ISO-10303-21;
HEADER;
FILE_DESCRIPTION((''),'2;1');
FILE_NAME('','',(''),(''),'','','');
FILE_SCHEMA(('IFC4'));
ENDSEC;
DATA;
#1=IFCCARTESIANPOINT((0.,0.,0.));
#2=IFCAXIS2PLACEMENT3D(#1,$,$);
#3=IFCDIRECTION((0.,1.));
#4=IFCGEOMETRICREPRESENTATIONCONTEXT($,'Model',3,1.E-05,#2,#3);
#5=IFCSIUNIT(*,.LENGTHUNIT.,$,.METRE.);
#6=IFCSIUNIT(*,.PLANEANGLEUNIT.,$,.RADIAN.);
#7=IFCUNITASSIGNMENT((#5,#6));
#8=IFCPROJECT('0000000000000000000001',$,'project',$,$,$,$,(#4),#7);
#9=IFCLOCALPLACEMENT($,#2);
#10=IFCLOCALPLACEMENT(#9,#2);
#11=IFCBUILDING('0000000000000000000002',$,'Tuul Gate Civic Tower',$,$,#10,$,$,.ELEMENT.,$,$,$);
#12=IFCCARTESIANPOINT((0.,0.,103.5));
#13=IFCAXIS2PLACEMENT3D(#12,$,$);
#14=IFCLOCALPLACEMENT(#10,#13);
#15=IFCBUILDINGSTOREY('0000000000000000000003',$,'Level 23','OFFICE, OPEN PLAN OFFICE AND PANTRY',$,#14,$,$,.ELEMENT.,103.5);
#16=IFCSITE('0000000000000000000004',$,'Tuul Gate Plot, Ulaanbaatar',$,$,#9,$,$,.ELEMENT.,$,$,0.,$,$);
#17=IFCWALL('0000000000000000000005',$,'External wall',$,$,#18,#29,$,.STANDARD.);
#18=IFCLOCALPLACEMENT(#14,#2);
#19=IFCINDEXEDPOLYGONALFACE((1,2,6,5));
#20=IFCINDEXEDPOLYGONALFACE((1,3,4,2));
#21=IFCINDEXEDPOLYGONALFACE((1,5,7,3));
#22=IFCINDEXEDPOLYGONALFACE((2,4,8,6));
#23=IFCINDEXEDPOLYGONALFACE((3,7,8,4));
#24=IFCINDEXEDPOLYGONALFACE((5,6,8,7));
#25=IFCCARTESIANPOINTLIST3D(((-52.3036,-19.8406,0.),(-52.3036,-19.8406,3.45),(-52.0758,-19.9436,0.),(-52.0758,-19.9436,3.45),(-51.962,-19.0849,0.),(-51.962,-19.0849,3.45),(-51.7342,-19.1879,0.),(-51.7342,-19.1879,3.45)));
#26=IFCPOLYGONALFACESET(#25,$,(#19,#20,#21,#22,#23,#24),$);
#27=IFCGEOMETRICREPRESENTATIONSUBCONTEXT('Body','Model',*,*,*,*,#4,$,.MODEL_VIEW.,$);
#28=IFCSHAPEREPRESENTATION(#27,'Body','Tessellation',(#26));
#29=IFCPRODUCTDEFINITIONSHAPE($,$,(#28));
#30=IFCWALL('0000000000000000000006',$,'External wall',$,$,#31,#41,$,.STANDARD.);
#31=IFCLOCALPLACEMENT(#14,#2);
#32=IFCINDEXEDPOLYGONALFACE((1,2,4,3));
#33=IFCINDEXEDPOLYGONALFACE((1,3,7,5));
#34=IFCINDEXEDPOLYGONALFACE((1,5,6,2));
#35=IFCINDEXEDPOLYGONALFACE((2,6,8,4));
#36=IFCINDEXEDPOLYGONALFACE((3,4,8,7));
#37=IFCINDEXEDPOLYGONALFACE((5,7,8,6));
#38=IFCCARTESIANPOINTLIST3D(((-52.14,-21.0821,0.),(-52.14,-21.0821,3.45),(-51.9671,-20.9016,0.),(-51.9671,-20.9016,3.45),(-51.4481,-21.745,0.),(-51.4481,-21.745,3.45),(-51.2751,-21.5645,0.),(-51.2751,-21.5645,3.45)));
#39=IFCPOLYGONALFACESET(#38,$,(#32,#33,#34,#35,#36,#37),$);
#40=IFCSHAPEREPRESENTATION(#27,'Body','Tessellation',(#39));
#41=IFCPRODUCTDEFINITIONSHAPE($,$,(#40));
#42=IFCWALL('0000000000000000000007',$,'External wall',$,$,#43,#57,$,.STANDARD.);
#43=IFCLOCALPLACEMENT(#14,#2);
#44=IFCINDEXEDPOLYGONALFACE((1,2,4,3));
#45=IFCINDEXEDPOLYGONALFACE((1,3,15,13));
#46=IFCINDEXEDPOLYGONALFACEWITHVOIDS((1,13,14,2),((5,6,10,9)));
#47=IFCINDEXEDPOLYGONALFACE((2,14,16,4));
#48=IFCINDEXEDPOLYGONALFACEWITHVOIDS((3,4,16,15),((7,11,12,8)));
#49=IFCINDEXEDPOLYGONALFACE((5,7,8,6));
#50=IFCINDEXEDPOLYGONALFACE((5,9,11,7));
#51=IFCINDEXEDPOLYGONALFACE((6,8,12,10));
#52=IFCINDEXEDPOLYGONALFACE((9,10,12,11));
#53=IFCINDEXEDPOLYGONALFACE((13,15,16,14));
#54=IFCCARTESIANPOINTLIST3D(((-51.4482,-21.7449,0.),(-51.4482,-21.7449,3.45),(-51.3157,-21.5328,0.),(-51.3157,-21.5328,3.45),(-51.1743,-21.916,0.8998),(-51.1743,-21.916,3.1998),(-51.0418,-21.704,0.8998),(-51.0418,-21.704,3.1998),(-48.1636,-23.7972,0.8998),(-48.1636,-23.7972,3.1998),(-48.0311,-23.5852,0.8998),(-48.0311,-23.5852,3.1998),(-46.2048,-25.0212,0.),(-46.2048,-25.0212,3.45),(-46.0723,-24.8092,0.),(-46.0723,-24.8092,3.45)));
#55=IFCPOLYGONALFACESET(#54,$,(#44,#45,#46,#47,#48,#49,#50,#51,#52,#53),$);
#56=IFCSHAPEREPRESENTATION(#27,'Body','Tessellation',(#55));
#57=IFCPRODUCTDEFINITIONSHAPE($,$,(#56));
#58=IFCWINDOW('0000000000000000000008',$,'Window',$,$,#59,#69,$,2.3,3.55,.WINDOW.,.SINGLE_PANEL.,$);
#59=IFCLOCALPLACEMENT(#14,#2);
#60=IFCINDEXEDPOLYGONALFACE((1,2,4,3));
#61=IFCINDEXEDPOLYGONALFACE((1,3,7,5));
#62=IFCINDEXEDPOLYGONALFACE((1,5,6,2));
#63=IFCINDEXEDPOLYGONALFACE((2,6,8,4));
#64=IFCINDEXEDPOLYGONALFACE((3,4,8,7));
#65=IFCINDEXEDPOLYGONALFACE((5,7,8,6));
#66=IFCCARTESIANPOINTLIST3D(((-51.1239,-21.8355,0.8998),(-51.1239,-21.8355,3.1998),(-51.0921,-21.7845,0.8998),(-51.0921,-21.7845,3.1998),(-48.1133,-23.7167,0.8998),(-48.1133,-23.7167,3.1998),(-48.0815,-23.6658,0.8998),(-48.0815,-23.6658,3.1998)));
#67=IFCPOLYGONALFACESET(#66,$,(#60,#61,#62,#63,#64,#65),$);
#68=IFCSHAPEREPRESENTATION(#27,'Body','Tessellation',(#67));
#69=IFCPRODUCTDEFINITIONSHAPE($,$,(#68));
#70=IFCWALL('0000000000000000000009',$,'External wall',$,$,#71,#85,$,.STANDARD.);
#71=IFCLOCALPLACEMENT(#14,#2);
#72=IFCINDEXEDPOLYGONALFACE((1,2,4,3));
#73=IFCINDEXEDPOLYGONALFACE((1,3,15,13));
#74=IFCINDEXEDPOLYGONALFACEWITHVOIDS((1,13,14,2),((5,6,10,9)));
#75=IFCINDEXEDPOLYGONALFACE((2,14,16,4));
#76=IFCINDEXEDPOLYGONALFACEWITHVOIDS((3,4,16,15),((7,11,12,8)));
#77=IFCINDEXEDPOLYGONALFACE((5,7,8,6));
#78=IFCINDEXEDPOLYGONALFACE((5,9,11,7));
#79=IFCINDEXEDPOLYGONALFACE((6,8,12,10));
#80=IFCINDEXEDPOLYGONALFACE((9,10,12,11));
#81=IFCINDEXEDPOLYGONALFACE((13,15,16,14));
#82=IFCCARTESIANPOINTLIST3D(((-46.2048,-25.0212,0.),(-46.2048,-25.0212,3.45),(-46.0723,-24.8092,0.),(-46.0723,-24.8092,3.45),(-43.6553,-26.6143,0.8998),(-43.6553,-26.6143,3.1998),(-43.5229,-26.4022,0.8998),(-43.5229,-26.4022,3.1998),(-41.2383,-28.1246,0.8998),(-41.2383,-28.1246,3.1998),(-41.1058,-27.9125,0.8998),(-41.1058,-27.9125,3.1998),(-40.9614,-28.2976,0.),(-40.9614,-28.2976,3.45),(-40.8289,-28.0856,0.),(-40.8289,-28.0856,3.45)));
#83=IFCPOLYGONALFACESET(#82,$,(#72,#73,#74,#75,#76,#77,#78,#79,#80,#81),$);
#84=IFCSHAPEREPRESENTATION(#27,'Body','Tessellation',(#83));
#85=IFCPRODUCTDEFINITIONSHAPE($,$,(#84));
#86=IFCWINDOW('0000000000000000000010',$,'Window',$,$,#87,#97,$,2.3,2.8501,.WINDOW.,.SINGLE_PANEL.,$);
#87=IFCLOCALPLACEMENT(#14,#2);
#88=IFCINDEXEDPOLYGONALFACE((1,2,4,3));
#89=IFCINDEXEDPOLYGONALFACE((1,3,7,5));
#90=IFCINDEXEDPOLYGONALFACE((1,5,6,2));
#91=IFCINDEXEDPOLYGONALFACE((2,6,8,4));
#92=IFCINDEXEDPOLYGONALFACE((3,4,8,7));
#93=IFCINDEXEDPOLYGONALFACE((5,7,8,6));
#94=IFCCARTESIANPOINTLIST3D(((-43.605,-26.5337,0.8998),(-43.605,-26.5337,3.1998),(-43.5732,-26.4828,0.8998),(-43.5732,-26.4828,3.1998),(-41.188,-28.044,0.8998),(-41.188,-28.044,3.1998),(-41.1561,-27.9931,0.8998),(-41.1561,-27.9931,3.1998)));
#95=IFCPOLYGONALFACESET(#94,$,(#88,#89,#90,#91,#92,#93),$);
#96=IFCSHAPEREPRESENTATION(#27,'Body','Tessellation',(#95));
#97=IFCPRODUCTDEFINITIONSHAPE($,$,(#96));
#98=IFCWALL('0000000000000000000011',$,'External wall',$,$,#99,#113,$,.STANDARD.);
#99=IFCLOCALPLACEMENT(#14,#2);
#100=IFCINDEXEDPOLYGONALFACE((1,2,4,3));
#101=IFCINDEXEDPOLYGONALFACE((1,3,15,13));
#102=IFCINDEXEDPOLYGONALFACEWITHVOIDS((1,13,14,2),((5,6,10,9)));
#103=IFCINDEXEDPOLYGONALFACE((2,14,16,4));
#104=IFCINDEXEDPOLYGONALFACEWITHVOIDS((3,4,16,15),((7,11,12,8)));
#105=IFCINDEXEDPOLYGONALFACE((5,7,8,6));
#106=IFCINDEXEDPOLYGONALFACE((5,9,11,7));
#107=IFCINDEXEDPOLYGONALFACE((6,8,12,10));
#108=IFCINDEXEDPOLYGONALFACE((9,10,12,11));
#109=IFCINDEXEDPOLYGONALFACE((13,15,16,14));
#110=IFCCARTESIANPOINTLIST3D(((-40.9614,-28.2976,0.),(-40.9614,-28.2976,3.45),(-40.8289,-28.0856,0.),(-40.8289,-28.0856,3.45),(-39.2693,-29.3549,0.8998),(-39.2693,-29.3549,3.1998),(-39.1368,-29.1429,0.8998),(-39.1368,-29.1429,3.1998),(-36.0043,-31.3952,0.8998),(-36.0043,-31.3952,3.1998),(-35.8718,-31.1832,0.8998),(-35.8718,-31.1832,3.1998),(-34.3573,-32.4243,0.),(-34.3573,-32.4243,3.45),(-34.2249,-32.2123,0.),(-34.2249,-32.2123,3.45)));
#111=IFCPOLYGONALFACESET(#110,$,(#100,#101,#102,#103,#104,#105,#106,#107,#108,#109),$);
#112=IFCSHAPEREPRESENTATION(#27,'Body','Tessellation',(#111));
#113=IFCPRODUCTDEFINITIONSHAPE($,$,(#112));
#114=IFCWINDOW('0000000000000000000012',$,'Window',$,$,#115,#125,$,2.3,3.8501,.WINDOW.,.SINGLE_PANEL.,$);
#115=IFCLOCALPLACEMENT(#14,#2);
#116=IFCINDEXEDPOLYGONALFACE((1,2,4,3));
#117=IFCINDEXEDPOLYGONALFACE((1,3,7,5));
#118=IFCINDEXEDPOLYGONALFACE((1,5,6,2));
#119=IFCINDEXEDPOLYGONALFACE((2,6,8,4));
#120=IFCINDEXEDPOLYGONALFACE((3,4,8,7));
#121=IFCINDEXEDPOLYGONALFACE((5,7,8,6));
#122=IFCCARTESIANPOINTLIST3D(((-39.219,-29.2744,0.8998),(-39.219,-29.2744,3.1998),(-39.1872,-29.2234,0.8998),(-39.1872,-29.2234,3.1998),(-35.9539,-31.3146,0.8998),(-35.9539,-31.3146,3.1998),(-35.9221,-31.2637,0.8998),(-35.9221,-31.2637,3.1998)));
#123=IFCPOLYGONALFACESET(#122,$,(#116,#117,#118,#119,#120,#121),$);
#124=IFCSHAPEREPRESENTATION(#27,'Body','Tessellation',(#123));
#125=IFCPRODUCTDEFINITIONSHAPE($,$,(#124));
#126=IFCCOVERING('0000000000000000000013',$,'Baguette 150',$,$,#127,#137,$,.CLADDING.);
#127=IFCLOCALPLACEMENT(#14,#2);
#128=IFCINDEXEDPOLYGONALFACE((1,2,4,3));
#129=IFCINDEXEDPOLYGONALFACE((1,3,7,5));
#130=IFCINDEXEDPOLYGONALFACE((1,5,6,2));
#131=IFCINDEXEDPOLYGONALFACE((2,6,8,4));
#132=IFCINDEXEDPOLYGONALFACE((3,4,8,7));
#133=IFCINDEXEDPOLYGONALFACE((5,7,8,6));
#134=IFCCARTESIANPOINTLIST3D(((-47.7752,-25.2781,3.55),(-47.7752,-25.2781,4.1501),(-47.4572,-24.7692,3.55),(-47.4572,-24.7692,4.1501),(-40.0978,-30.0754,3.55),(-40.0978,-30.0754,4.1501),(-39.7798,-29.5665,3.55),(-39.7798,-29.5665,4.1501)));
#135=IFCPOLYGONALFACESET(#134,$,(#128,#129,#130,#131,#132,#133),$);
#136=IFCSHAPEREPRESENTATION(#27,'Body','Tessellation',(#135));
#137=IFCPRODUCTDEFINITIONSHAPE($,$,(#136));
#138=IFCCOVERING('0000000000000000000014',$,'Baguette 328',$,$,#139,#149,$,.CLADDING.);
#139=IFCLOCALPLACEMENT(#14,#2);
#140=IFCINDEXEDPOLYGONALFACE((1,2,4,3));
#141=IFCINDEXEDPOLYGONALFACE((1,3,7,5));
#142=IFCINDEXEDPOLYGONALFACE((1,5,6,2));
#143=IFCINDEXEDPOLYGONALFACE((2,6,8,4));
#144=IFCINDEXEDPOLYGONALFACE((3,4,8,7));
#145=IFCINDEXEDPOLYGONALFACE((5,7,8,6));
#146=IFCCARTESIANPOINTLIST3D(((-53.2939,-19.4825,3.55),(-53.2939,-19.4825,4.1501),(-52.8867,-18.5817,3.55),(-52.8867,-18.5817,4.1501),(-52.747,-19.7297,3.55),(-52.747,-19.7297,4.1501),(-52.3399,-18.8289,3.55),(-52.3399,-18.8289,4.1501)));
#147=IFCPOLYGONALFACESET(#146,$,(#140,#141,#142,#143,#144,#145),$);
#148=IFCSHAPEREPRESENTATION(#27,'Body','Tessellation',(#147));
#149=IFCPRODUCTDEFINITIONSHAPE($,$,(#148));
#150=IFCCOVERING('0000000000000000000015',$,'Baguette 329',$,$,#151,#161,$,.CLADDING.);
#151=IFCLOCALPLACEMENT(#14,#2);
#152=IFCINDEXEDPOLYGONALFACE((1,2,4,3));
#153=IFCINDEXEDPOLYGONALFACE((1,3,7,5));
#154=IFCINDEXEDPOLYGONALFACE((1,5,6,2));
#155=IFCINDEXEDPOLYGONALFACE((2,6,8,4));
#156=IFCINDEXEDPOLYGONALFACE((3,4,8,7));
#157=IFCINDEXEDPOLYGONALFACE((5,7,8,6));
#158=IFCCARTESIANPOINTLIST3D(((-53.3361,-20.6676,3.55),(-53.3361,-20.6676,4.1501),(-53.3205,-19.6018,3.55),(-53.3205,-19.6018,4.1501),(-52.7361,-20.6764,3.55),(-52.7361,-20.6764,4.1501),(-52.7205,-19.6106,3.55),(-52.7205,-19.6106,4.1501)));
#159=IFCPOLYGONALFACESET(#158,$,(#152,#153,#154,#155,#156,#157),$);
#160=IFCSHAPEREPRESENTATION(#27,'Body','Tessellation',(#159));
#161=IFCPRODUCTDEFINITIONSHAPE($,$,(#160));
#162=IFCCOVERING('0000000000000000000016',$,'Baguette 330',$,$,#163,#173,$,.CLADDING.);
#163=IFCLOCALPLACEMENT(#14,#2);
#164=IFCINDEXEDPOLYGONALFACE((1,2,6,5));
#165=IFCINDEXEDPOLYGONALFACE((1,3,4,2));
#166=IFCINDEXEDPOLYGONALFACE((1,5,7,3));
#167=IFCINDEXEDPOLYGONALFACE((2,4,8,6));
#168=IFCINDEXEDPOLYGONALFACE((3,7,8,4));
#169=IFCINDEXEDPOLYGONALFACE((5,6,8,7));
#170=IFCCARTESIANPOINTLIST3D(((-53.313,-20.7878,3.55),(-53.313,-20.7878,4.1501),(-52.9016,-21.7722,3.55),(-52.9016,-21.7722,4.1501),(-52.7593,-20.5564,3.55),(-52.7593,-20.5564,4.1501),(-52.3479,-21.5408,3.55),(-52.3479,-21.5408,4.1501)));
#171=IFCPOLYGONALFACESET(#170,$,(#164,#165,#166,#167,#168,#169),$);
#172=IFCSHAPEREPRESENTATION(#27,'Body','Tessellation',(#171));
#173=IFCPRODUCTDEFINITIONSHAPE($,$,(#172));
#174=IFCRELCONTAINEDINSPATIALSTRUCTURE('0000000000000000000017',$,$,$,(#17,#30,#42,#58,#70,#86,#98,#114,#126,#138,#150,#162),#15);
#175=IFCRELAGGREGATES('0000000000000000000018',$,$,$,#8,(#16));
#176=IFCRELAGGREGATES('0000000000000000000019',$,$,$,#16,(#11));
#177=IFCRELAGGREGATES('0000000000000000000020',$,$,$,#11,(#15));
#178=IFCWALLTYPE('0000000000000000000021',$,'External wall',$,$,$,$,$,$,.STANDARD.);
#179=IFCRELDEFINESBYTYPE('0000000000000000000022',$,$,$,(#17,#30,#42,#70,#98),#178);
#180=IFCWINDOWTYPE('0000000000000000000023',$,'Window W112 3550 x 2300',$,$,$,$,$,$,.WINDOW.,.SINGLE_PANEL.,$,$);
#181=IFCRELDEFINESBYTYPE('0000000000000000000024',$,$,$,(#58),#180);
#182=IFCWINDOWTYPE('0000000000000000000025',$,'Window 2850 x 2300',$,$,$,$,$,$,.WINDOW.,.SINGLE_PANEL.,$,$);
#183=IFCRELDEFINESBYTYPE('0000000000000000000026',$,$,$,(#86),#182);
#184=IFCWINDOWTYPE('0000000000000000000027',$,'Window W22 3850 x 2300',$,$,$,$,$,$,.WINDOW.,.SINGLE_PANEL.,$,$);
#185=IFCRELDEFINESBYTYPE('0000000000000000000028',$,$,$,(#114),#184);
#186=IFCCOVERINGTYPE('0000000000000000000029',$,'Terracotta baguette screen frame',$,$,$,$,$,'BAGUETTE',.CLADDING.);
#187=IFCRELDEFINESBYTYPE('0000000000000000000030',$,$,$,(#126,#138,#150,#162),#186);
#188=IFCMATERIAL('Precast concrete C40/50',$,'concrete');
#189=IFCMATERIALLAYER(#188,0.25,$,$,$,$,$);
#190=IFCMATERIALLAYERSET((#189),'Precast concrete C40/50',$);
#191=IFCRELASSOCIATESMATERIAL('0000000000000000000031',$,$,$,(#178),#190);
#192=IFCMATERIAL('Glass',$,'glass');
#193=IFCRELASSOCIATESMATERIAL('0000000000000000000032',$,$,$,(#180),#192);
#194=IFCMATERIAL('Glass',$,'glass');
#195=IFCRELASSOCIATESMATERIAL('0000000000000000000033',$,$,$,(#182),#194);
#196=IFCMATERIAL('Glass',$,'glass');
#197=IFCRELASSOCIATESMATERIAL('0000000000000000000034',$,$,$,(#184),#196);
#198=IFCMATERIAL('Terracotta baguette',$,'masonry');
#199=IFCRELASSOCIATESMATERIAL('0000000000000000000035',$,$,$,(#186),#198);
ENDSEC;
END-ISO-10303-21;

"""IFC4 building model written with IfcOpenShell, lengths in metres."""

from ifc_helpers import new_model, si_unit, direction, frame, frame_2d, origin, origin_2d, place, context, subcontext, project, spatial, rectangle, extrude, material, layer, layer_set, material_profile, profile_set, type_object, element, fill, save


model = new_model("IFC4")

# Units and contexts
model_context = context("Model", 3, precision=1e-05, world=origin(), true_north=direction((0.0, 1.0)))
body_context = subcontext(model_context, "Body", "Model", "MODEL_VIEW")
ifc_project = project(units=[si_unit("LENGTHUNIT", "METRE"), si_unit("PLANEANGLEUNIT", "RADIAN")], contexts=[model_context])

# Site, building, storey
site_placement = place(None, origin())
site = spatial("IfcSite", under=ifc_project, at=site_placement, Name="Tuul Gate Plot, Ulaanbaatar", CompositionType="ELEMENT", RefElevation=0.0)
building_placement = place(site_placement, origin())
building = spatial("IfcBuilding", under=site, at=building_placement, Name="Tuul Gate Civic Tower", CompositionType="ELEMENT")
storey_placement = place(building_placement, frame((0.0, 0.0, 103.5)))
storey = spatial("IfcBuildingStorey", under=building, at=storey_placement, Name="Level 23", Description="OFFICE, OPEN PLAN OFFICE AND PANTRY", CompositionType="ELEMENT", Elevation=103.5)

# Walls
ifc_material_1 = material(Name="Precast concrete C40/50", Category="concrete")
ifc_layer_1 = layer(ifc_material_1, 0.25)
ifc_layer_set_1 = layer_set([ifc_layer_1], Name="Precast concrete C40/50")
wall_type_1 = type_object("IfcWallType", Name="External wall", PredefinedType="STANDARD", material=ifc_layer_set_1)
wall_1_placement = place(storey_placement, frame((-51.8481, -19.1365, 0.0), z_axis=(0.0, 0.0, 1.0), x_axis=(-0.411894, -0.911232, 0.0)))
element("IfcWall", 1, at=wall_1_placement, inside=storey, type_object=wall_type_1, Name="External wall", PredefinedType="STANDARD", context=body_context, shape_type="SweptSolid", body=[
    extrude(rectangle(XDim=0.8293, YDim=0.25, at=frame_2d((0.4146, 0.0))), origin(), (0.0, 0.0, 1.0), 3.45),
])
wall_2_placement = place(storey_placement, frame((-52.0535, -20.9919, 0.0), z_axis=(0.0, 0.0, 1.0), x_axis=(0.722105, -0.691784, 0.0)))
element("IfcWall", 2, at=wall_2_placement, inside=storey, type_object=wall_type_1, Name="External wall", PredefinedType="STANDARD", context=body_context, shape_type="SweptSolid", body=[
    extrude(rectangle(XDim=0.9583, YDim=0.25, at=frame_2d((0.479, 0.0))), origin(), (0.0, 0.0, 1.0), 3.45),
])

# Walls, openings, windows
wall_3_placement = place(storey_placement, frame((-51.3818, -21.6389, 0.0), z_axis=(0.0, 0.0, 1.0), x_axis=(0.848054, -0.52991, 0.0)))
wall_3 = element("IfcWall", 3, at=wall_3_placement, inside=storey, type_object=wall_type_1, Name="External wall", PredefinedType="STANDARD", context=body_context, shape_type="SweptSolid", body=[
    extrude(rectangle(XDim=6.1829, YDim=0.25, at=frame_2d((3.0913, 0.0))), origin(), (0.0, 0.0, 1.0), 3.45),
])
opening_1_placement = place(wall_3_placement, frame((0.323, 0.0, 0.8999)))
opening_1 = element("IfcOpeningElement", 4, at=opening_1_placement, cuts=wall_3, PredefinedType="OPENING", context=body_context, shape_type="SweptSolid", body=[
    extrude(rectangle(XDim=3.55, YDim=2.3, at=frame_2d((1.7749, 1.1499))), frame((0.0, 0.135, 0.0), z_axis=(0.0, -1.0, 0.0), x_axis=(1.0, 0.0, 0.0)), (0.0, 0.0, 1.0), 0.27),
])
ifc_material_2 = material(Name="Glass", Category="glass")
window_type_1 = type_object("IfcWindowType", Name="Window W112 3550 x 2300", PartitioningType="SINGLE_PANEL", PredefinedType="WINDOW", material=ifc_material_2)
window_1_placement = place(opening_1_placement, origin())
window_1 = element("IfcWindow", 5, at=window_1_placement, inside=storey, type_object=window_type_1, Name="Window", OverallHeight=2.3, OverallWidth=3.55, PartitioningType="SINGLE_PANEL", PredefinedType="WINDOW", context=body_context, shape_type="SweptSolid", body=[
    extrude(rectangle(XDim=3.55, YDim=2.3, at=frame_2d((1.7749, 1.1499))), frame((0.0, 0.03, 0.0), z_axis=(0.0, -1.0, 0.0), x_axis=(1.0, 0.0, 0.0)), (0.0, 0.0, 1.0), 0.0601),
])
fill(opening_1, window_1)
wall_4_placement = place(storey_placement, frame((-46.1384, -24.9153, 0.0), z_axis=(0.0, 0.0, 1.0), x_axis=(0.848054, -0.52991, 0.0)))
wall_4 = element("IfcWall", 6, at=wall_4_placement, inside=storey, type_object=wall_type_1, Name="External wall", PredefinedType="STANDARD", context=body_context, shape_type="SweptSolid", body=[
    extrude(rectangle(XDim=6.1829, YDim=0.25, at=frame_2d((3.0913, 0.0))), origin(), (0.0, 0.0, 1.0), 3.45),
])
opening_2_placement = place(wall_4_placement, frame((3.0061, 0.0, 0.8999)))
opening_2 = element("IfcOpeningElement", 7, at=opening_2_placement, cuts=wall_4, PredefinedType="OPENING", context=body_context, shape_type="SweptSolid", body=[
    extrude(rectangle(XDim=2.8501, YDim=2.3, at=frame_2d((1.425, 1.1499))), frame((0.0, 0.135, 0.0), z_axis=(0.0, -1.0, 0.0), x_axis=(1.0, 0.0, 0.0)), (0.0, 0.0, 1.0), 0.27),
])
ifc_material_3 = material(Name="Glass", Category="glass")
window_type_2 = type_object("IfcWindowType", Name="Window 2850 x 2300", PartitioningType="SINGLE_PANEL", PredefinedType="WINDOW", material=ifc_material_3)
window_2_placement = place(opening_2_placement, origin())
window_2 = element("IfcWindow", 8, at=window_2_placement, inside=storey, type_object=window_type_2, Name="Window", OverallHeight=2.3, OverallWidth=2.8501, PartitioningType="SINGLE_PANEL", PredefinedType="WINDOW", context=body_context, shape_type="SweptSolid", body=[
    extrude(rectangle(XDim=2.8501, YDim=2.3, at=frame_2d((1.425, 1.1499))), frame((0.0, 0.03, 0.0), z_axis=(0.0, -1.0, 0.0), x_axis=(1.0, 0.0, 0.0)), (0.0, 0.0, 1.0), 0.0601),
])
fill(opening_2, window_2)
wall_5_placement = place(storey_placement, frame((-40.895, -28.1917, 0.0), z_axis=(0.0, 0.0, 1.0), x_axis=(0.848044, -0.529926, 0.0)))
wall_5 = element("IfcWall", 9, at=wall_5_placement, inside=storey, type_object=wall_type_1, Name="External wall", PredefinedType="STANDARD", context=body_context, shape_type="SweptSolid", body=[
    extrude(rectangle(XDim=7.7874, YDim=0.25, at=frame_2d((3.8936, 0.0))), origin(), (0.0, 0.0, 1.0), 3.45),
])
opening_3_placement = place(wall_5_placement, frame((1.9951, 0.0, 0.8999)))
opening_3 = element("IfcOpeningElement", 10, at=opening_3_placement, cuts=wall_5, PredefinedType="OPENING", context=body_context, shape_type="SweptSolid", body=[
    extrude(rectangle(XDim=3.8501, YDim=2.3, at=frame_2d((1.925, 1.1499))), frame((0.0, 0.135, 0.0), z_axis=(0.0, -1.0, 0.0), x_axis=(1.0, 0.0, 0.0)), (0.0, 0.0, 1.0), 0.27),
])
ifc_material_4 = material(Name="Glass", Category="glass")
window_type_3 = type_object("IfcWindowType", Name="Window W22 3850 x 2300", PartitioningType="SINGLE_PANEL", PredefinedType="WINDOW", material=ifc_material_4)
window_3_placement = place(opening_3_placement, origin())
window_3 = element("IfcWindow", 11, at=window_3_placement, inside=storey, type_object=window_type_3, Name="Window", OverallHeight=2.3, OverallWidth=3.8501, PartitioningType="SINGLE_PANEL", PredefinedType="WINDOW", context=body_context, shape_type="SweptSolid", body=[
    extrude(rectangle(XDim=3.8501, YDim=2.3, at=frame_2d((1.925, 1.1499))), frame((0.0, 0.03, 0.0), z_axis=(0.0, -1.0, 0.0), x_axis=(1.0, 0.0, 0.0)), (0.0, 0.0, 1.0), 0.0601),
])
fill(opening_3, window_3)

# Coverings
ifc_material_5 = material(Name="Terracotta baguette", Category="masonry")
ifc_material_profile_1 = material_profile(ifc_material_5, rectangle(XDim=0.6001, YDim=0.6001, at=origin_2d()), Name="Terracotta baguette screen frame")
ifc_profile_set_1 = profile_set([ifc_material_profile_1], Name="Terracotta baguette")
covering_type = type_object("IfcCoveringType", Name="Terracotta baguette screen frame", ElementType="BAGUETTE", PredefinedType="CLADDING", material=ifc_profile_set_1)
covering_1_placement = place(storey_placement, frame((-47.6162, -25.0237, 3.8501), z_axis=(0.848051, -0.529914, 0.0), x_axis=(0.529914, 0.848051, 0.0)))
element("IfcCovering", 12, at=covering_1_placement, inside=storey, type_object=covering_type, Name="Baguette 150", PredefinedType="CLADDING", context=body_context, shape_type="SweptSolid", body=[
    extrude(rectangle(XDim=0.6001, YDim=0.6001, at=origin_2d()), origin(), (0.0, 0.0, 1.0), 9.053),
])
covering_2_placement = place(storey_placement, frame((-52.6133, -18.7053, 3.8501), z_axis=(-0.411904, -0.911227, 0.0), x_axis=(0.911227, -0.411904, 0.0)))
element("IfcCovering", 13, at=covering_2_placement, inside=storey, type_object=covering_type, Name="Baguette 328", PredefinedType="CLADDING", context=body_context, shape_type="SweptSolid", body=[
    extrude(rectangle(XDim=0.6001, YDim=0.6001, at=origin_2d()), origin(), (0.0, 0.0, 1.0), 0.9885),
])
covering_3_placement = place(storey_placement, frame((-53.0205, -19.6062, 3.8501), z_axis=(-0.014657, -0.999893, 0.0), x_axis=(0.999893, -0.014657, 0.0)))
element("IfcCovering", 14, at=covering_3_placement, inside=storey, type_object=covering_type, Name="Baguette 329", PredefinedType="CLADDING", context=body_context, shape_type="SweptSolid", body=[
    extrude(rectangle(XDim=0.6001, YDim=0.6001, at=origin_2d()), origin(), (0.0, 0.0, 1.0), 1.0659),
])
covering_4_placement = place(storey_placement, frame((-53.0361, -20.6721, 3.8501), z_axis=(0.38559, -0.92267, 0.0), x_axis=(0.92267, 0.38559, 0.0)))
element("IfcCovering", 15, at=covering_4_placement, inside=storey, type_object=covering_type, Name="Baguette 330", PredefinedType="CLADDING", context=body_context, shape_type="SweptSolid", body=[
    extrude(rectangle(XDim=0.6001, YDim=0.6001, at=origin_2d()), origin(), (0.0, 0.0, 1.0), 1.0669),
])

save(model, "model.ifc")
